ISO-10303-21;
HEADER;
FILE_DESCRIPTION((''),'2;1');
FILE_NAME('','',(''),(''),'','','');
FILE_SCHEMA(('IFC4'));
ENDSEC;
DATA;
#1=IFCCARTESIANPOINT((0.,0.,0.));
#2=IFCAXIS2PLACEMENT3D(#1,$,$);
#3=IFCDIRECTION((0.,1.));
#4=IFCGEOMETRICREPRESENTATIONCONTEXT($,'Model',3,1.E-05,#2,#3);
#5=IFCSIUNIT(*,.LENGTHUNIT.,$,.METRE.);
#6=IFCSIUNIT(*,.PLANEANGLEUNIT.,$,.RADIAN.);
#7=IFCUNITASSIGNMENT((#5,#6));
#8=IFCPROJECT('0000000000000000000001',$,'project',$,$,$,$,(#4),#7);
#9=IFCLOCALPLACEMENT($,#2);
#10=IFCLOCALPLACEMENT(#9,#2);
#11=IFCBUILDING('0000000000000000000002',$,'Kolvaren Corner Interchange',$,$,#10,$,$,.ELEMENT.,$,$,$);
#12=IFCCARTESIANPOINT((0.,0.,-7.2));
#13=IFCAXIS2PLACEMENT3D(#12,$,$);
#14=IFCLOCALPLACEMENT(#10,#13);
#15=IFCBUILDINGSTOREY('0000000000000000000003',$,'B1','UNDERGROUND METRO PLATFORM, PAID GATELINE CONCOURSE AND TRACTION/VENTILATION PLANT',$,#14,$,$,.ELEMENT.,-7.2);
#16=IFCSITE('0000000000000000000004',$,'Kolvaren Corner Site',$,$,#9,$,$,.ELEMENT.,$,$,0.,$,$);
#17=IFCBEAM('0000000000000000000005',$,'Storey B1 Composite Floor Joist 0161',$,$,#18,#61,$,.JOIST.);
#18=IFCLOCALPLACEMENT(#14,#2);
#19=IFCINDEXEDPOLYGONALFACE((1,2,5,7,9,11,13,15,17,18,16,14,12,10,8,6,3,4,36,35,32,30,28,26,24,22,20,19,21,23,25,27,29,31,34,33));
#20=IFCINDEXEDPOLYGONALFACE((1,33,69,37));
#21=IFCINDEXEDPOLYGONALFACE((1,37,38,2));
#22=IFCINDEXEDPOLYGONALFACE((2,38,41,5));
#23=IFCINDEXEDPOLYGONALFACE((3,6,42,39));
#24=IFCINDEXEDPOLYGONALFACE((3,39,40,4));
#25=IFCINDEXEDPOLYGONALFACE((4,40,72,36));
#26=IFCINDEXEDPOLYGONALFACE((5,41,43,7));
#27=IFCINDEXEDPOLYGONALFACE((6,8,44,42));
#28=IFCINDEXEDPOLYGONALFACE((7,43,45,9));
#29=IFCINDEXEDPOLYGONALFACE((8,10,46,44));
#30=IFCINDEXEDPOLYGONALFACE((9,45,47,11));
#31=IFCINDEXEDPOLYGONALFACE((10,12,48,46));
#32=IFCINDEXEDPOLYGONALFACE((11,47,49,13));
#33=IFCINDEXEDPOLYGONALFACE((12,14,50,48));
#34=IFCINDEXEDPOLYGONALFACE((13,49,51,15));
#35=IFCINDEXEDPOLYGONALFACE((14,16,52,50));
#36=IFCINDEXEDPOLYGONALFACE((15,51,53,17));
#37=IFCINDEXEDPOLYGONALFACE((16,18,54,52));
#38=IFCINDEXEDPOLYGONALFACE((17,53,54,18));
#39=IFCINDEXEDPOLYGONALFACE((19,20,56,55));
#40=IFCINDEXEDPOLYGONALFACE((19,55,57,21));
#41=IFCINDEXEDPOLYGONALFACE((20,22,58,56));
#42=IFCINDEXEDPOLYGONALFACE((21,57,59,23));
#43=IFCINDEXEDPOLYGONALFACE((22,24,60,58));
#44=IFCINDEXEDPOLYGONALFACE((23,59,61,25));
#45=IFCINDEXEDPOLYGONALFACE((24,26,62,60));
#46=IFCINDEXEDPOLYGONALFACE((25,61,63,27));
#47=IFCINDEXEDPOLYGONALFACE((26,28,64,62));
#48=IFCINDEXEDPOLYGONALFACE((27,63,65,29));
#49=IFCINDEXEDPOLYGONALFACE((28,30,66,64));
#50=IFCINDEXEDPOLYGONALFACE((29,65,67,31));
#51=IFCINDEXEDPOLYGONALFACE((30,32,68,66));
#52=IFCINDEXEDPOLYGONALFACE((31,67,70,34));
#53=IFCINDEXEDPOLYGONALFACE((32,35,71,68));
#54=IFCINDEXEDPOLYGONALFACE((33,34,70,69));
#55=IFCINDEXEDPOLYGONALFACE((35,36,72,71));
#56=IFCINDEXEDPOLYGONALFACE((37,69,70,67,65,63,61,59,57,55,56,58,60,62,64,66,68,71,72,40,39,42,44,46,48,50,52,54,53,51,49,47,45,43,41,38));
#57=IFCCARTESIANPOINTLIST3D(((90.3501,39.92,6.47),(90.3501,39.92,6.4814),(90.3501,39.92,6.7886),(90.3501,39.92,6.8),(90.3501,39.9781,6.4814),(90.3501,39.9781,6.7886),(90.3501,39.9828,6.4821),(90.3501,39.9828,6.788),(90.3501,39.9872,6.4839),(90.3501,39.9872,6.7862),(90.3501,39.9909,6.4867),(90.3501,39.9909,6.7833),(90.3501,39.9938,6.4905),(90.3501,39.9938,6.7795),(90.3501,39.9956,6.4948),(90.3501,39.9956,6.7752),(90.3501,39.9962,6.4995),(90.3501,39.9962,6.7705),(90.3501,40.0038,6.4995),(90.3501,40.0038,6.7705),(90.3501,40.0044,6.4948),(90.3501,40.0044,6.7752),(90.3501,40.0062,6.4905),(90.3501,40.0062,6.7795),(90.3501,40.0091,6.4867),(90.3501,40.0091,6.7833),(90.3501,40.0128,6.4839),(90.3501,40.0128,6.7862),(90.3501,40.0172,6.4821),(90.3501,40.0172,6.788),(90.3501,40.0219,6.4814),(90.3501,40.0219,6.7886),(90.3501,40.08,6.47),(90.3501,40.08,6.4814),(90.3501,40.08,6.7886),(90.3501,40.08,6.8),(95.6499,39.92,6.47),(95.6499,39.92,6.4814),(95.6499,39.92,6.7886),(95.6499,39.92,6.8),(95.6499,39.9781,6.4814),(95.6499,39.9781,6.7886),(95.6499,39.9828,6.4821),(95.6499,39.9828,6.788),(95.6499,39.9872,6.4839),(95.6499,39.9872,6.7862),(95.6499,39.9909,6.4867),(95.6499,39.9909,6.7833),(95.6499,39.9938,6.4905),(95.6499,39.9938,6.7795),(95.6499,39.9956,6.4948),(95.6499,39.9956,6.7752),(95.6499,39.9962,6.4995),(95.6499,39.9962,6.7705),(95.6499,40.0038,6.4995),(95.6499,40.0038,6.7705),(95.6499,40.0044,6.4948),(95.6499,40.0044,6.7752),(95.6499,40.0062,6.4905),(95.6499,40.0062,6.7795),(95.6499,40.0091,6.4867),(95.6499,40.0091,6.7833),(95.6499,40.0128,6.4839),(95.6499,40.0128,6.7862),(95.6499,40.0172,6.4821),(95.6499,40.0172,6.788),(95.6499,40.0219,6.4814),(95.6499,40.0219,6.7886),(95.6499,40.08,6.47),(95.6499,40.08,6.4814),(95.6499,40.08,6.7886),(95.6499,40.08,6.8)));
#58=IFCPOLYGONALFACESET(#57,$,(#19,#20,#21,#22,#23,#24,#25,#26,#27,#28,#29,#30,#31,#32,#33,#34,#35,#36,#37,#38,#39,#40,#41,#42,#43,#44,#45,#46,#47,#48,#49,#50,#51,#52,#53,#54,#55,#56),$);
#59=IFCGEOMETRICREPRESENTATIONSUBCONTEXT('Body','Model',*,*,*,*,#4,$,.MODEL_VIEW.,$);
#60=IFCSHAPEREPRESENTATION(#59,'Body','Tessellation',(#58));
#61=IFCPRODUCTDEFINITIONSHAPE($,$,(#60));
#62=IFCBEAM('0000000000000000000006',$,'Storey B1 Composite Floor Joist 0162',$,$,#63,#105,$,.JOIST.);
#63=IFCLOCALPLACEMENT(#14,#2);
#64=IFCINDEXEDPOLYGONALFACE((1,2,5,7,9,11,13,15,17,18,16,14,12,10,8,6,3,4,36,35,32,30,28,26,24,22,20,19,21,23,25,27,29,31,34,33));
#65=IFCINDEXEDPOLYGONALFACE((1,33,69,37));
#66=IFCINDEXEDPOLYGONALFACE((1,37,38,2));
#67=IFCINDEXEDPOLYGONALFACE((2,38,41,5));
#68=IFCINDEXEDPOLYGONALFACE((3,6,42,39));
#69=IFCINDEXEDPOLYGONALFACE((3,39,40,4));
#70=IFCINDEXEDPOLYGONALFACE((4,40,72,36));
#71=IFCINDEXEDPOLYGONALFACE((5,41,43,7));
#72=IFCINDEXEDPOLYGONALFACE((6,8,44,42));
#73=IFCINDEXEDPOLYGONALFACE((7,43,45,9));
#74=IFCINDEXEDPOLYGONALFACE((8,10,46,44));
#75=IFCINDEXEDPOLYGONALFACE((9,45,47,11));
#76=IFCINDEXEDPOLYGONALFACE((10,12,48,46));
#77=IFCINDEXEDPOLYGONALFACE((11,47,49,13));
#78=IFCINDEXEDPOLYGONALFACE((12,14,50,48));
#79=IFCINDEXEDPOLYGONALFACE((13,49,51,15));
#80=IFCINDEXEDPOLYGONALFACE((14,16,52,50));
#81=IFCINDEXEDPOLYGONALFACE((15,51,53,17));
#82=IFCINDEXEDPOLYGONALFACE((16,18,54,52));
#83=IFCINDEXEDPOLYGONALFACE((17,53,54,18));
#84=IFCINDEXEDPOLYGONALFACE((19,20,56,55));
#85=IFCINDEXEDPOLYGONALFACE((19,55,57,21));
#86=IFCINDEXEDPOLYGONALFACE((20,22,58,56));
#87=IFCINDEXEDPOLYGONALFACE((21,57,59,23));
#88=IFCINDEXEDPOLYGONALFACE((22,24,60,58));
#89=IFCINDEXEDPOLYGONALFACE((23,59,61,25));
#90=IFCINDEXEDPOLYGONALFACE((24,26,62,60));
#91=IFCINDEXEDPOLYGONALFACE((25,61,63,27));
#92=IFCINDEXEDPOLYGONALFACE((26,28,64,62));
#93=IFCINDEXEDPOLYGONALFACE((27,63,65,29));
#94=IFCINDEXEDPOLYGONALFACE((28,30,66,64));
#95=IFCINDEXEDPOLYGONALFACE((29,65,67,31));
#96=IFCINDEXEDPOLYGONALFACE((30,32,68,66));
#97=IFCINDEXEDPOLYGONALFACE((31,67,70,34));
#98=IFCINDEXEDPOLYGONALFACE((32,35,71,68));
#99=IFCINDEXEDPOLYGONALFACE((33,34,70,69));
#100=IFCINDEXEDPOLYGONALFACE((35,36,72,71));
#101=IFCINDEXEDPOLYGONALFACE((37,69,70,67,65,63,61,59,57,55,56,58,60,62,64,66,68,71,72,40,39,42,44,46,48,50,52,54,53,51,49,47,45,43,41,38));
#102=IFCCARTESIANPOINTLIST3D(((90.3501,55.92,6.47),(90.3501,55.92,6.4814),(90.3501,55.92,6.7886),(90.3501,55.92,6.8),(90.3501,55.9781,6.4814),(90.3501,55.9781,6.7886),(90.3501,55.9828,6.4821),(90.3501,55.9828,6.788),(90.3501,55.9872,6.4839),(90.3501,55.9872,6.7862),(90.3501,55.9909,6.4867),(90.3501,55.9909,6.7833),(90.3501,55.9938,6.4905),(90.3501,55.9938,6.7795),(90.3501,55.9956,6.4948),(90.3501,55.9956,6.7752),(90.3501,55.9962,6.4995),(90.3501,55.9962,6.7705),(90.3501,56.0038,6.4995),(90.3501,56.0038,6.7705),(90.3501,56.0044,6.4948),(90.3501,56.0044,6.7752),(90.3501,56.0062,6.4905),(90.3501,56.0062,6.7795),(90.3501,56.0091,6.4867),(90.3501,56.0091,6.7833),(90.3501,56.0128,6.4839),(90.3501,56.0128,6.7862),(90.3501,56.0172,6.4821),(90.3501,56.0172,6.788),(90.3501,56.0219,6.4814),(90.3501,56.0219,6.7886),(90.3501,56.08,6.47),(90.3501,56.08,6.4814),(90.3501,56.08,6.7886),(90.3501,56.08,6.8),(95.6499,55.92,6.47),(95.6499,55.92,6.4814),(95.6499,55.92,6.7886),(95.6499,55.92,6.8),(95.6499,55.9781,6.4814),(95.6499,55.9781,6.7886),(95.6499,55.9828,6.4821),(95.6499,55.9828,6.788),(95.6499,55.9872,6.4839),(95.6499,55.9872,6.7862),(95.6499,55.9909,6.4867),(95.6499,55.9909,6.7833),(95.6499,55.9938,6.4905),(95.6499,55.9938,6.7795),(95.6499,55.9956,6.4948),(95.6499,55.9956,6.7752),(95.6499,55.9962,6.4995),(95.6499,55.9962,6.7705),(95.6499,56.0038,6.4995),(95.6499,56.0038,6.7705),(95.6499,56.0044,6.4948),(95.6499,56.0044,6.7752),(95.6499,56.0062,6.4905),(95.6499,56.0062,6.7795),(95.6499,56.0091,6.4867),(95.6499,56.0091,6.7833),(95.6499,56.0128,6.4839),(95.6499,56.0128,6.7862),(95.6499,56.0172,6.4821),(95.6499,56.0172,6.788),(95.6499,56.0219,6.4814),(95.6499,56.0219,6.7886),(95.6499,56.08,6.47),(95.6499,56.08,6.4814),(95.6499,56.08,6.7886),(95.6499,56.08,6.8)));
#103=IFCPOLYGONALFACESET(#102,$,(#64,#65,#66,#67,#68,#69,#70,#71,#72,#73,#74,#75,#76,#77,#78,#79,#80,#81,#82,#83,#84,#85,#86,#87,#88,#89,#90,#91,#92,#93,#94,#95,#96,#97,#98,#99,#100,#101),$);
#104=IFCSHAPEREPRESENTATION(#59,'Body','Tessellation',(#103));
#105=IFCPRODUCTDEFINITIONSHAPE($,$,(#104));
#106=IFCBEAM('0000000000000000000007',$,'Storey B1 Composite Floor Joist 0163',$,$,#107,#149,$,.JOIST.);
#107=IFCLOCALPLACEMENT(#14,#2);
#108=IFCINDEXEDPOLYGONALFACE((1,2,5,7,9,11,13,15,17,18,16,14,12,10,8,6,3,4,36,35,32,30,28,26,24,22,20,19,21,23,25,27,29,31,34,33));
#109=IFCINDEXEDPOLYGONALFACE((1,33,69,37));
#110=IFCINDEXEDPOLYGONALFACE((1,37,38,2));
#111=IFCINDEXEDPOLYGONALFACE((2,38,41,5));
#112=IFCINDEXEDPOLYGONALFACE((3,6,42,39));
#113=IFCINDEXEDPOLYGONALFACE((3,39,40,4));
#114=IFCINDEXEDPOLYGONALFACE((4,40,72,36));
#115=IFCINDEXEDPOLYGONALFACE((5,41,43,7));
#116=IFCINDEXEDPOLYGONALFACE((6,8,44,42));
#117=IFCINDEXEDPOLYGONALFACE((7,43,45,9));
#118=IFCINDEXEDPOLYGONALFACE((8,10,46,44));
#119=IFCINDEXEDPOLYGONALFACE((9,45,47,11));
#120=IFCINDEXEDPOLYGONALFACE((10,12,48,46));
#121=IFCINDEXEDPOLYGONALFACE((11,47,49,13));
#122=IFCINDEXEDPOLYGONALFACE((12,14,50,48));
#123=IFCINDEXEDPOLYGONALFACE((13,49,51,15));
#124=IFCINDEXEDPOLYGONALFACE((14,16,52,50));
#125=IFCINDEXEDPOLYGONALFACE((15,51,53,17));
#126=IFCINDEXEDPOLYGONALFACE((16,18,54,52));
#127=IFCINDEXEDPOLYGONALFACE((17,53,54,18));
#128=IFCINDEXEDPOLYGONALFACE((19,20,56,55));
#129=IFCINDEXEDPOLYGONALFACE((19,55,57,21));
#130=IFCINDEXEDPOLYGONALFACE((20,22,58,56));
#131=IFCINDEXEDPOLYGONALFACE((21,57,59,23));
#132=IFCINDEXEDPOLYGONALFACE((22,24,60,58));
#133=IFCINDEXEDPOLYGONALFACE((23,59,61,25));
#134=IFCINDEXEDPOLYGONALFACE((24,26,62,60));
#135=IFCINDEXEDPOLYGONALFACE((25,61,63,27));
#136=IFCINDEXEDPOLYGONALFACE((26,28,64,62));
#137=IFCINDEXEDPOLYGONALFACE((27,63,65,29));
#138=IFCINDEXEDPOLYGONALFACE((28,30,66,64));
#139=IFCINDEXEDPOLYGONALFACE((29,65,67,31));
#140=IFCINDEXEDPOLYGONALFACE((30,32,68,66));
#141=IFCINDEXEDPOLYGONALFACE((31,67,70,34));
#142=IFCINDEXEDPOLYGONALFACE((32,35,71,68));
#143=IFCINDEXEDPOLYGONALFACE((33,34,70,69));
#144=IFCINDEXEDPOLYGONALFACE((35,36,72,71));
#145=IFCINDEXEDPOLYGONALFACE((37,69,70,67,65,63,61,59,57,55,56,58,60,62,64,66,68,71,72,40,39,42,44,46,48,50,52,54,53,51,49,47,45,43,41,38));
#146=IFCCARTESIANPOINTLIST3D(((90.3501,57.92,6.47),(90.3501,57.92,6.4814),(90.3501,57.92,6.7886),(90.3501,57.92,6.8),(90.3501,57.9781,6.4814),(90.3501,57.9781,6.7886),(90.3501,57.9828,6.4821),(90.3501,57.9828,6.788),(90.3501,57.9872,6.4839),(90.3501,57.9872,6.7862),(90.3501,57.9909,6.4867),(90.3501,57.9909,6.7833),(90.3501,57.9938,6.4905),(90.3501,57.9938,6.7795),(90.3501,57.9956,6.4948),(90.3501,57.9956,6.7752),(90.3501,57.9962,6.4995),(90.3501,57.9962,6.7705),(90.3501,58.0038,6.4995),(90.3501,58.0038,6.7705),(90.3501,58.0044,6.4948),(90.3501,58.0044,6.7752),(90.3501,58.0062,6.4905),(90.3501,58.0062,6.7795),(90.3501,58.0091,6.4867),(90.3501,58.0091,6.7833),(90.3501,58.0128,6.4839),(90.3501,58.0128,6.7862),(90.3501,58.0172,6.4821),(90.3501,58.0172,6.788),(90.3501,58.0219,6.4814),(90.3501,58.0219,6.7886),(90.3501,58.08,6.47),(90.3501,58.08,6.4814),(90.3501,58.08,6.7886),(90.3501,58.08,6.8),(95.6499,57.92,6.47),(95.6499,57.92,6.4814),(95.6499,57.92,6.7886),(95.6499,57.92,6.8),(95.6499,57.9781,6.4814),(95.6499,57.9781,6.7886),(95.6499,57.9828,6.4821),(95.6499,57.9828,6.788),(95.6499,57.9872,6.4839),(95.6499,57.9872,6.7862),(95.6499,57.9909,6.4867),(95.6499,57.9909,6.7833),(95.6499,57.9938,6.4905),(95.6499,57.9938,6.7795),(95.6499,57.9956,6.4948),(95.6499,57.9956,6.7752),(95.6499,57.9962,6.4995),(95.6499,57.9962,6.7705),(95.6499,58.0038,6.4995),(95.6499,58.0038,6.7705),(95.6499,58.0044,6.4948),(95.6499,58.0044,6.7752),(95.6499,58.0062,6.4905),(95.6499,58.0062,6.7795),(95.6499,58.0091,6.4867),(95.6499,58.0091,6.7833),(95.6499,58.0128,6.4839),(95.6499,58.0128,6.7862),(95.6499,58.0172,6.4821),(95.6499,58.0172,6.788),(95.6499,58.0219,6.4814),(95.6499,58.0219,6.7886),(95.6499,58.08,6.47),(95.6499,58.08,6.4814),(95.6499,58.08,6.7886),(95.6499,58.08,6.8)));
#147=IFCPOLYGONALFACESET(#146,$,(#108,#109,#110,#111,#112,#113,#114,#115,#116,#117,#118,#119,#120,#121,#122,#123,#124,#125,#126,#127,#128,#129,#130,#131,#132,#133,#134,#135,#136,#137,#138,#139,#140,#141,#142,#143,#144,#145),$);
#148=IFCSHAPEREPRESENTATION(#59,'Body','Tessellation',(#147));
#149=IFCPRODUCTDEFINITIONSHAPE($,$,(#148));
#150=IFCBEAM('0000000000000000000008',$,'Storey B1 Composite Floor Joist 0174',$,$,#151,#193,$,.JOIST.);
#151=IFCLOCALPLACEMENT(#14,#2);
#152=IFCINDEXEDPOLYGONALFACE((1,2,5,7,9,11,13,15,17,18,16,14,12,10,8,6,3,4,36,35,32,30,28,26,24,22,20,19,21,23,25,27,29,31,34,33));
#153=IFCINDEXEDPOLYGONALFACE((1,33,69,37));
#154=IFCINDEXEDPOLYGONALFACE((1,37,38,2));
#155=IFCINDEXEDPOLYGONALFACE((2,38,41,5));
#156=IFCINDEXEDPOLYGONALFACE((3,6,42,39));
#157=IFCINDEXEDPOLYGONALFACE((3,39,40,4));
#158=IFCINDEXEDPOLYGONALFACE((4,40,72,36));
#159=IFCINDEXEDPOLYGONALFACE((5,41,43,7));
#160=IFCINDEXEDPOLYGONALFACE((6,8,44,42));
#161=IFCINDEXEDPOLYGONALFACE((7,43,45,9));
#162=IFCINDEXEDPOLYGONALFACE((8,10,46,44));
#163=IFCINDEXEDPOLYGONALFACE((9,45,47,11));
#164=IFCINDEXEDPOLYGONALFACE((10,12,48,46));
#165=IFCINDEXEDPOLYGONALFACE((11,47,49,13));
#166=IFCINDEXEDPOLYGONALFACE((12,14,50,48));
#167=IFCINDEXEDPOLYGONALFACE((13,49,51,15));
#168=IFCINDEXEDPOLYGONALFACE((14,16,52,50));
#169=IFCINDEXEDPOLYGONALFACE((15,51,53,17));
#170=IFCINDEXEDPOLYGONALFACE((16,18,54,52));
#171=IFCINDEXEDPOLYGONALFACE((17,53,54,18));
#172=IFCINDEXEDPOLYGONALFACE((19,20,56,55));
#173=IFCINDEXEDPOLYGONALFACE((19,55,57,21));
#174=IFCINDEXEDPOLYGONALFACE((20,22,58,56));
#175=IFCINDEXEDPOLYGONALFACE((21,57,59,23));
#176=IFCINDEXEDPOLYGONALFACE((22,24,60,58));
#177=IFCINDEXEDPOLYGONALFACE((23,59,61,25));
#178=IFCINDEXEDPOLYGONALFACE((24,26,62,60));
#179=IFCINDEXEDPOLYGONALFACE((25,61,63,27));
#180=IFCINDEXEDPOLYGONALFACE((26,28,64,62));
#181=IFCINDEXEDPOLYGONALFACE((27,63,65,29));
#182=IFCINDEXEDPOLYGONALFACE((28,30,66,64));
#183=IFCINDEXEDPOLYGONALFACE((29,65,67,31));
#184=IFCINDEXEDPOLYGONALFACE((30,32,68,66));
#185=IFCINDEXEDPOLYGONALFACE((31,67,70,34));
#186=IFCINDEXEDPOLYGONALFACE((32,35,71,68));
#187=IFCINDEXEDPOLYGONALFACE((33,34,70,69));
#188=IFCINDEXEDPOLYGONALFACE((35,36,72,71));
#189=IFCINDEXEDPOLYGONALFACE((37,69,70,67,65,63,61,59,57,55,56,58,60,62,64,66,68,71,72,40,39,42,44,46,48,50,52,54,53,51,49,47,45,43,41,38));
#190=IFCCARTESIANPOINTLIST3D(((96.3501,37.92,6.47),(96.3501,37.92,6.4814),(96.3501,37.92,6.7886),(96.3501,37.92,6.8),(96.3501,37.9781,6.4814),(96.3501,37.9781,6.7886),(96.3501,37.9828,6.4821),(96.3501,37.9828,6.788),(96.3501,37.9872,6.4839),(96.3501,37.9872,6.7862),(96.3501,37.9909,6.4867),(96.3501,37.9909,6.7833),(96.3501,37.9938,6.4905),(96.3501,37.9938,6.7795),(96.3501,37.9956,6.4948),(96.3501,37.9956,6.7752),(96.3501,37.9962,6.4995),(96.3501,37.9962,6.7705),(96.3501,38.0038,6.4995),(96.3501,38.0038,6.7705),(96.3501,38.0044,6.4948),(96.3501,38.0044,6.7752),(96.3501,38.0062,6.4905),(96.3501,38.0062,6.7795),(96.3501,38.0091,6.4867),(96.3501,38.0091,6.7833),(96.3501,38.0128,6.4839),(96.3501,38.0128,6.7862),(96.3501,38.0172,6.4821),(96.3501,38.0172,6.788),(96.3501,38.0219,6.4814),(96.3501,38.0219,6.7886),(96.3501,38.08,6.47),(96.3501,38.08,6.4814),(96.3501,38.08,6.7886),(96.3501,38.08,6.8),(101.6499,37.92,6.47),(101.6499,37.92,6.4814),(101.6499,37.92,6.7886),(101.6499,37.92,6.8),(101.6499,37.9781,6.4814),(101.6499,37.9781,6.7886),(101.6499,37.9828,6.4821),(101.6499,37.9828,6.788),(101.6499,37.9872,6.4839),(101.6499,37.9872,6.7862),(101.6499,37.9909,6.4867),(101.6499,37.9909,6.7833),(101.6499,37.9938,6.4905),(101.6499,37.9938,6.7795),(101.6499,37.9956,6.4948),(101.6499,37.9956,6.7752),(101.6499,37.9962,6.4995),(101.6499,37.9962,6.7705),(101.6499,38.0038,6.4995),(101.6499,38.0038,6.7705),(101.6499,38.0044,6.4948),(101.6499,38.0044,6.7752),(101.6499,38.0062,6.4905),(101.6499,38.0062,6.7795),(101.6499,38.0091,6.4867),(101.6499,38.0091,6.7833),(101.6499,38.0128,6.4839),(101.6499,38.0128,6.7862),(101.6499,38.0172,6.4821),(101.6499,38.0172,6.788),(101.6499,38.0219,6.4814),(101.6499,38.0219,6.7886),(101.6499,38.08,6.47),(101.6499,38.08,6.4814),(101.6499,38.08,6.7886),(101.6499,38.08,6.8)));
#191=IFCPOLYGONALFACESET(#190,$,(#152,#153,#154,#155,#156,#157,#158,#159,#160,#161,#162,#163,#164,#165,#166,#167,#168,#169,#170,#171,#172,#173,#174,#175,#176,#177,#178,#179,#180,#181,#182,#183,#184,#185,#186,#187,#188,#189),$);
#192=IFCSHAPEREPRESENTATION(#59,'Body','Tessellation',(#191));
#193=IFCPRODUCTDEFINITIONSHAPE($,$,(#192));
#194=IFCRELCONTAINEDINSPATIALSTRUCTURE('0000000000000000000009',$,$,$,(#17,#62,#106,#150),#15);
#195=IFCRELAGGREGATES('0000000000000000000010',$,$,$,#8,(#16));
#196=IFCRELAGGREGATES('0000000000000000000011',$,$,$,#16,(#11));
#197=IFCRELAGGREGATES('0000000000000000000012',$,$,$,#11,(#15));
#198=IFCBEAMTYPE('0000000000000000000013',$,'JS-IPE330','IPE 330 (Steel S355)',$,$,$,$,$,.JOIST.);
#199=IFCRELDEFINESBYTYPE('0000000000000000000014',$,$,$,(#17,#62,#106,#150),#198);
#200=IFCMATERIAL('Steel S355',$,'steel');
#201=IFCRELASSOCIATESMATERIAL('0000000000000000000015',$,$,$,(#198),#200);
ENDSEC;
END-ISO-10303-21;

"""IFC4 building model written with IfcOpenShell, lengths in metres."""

from ifc_helpers import new_model, si_unit, direction, frame, origin, origin_2d, place, context, subcontext, project, spatial, i_section, extrude, material, material_profile, profile_set, type_object, element, save


model = new_model("IFC4")

# Units and contexts
model_context = context("Model", 3, precision=1e-05, world=origin(), true_north=direction((0.0, 1.0)))
body_context = subcontext(model_context, "Body", "Model", "MODEL_VIEW")
ifc_project = project(units=[si_unit("LENGTHUNIT", "METRE"), si_unit("PLANEANGLEUNIT", "RADIAN")], contexts=[model_context])

# Site, building, storey
site_placement = place(None, origin())
site = spatial("IfcSite", under=ifc_project, at=site_placement, Name="Kolvaren Corner Site", CompositionType="ELEMENT", RefElevation=0.0)
building_placement = place(site_placement, origin())
building = spatial("IfcBuilding", under=site, at=building_placement, Name="Kolvaren Corner Interchange", CompositionType="ELEMENT")
storey_placement = place(building_placement, frame((0.0, 0.0, -7.2)))
storey = spatial("IfcBuildingStorey", under=building, at=storey_placement, Name="B1", Description="UNDERGROUND METRO PLATFORM, PAID GATELINE CONCOURSE AND TRACTION/VENTILATION PLANT", CompositionType="ELEMENT", Elevation=-7.2)

# Beams
ifc_material_1 = material(Name="Steel S355", Category="steel")
ifc_material_profile_1 = material_profile(ifc_material_1, i_section(OverallWidth=0.1599, OverallDepth=0.3301, WebThickness=0.0076, FlangeThickness=0.0115, FilletRadius=0.0181, at=origin_2d()), Name="IPE 330")
ifc_profile_set_1 = profile_set([ifc_material_profile_1], Name="Steel S355")
beam_type_1 = type_object("IfcBeamType", Name="JS-IPE330", Description="IPE 330 (Steel S355)", PredefinedType="JOIST", material=ifc_profile_set_1)
for number, where, z_axis, x_axis, name in (
    (1, (90.3501, 40.0, 6.635), (1.0, 0.0, 0.0), (0.0, 1.0, 0.0), "Storey B1 Composite Floor Joist 0161"),
    (2, (90.3501, 56.0, 6.635), (1.0, 0.0, 0.0), (0.0, 1.0, 0.0), "Storey B1 Composite Floor Joist 0162"),
    (3, (90.3501, 58.0, 6.635), (1.0, 0.0, 0.0), (0.0, 1.0, 0.0), "Storey B1 Composite Floor Joist 0163"),
    (4, (96.3501, 38.0, 6.635), (1.0, 0.0, 0.0), (0.0, 1.0, 0.0), "Storey B1 Composite Floor Joist 0174"),
):
    element("IfcBeam", number, at=place(storey_placement, frame(where, z_axis=z_axis, x_axis=x_axis)), inside=storey, type_object=beam_type_1, Name=name, PredefinedType="JOIST", context=body_context, shape_type="SweptSolid", body=[
        extrude(i_section(OverallWidth=0.1599, OverallDepth=0.3301, WebThickness=0.0076, FlangeThickness=0.0115, FilletRadius=0.0181, at=origin_2d()), origin(), (0.0, 0.0, 1.0), 5.2998),
    ])

save(model, "model.ifc")
